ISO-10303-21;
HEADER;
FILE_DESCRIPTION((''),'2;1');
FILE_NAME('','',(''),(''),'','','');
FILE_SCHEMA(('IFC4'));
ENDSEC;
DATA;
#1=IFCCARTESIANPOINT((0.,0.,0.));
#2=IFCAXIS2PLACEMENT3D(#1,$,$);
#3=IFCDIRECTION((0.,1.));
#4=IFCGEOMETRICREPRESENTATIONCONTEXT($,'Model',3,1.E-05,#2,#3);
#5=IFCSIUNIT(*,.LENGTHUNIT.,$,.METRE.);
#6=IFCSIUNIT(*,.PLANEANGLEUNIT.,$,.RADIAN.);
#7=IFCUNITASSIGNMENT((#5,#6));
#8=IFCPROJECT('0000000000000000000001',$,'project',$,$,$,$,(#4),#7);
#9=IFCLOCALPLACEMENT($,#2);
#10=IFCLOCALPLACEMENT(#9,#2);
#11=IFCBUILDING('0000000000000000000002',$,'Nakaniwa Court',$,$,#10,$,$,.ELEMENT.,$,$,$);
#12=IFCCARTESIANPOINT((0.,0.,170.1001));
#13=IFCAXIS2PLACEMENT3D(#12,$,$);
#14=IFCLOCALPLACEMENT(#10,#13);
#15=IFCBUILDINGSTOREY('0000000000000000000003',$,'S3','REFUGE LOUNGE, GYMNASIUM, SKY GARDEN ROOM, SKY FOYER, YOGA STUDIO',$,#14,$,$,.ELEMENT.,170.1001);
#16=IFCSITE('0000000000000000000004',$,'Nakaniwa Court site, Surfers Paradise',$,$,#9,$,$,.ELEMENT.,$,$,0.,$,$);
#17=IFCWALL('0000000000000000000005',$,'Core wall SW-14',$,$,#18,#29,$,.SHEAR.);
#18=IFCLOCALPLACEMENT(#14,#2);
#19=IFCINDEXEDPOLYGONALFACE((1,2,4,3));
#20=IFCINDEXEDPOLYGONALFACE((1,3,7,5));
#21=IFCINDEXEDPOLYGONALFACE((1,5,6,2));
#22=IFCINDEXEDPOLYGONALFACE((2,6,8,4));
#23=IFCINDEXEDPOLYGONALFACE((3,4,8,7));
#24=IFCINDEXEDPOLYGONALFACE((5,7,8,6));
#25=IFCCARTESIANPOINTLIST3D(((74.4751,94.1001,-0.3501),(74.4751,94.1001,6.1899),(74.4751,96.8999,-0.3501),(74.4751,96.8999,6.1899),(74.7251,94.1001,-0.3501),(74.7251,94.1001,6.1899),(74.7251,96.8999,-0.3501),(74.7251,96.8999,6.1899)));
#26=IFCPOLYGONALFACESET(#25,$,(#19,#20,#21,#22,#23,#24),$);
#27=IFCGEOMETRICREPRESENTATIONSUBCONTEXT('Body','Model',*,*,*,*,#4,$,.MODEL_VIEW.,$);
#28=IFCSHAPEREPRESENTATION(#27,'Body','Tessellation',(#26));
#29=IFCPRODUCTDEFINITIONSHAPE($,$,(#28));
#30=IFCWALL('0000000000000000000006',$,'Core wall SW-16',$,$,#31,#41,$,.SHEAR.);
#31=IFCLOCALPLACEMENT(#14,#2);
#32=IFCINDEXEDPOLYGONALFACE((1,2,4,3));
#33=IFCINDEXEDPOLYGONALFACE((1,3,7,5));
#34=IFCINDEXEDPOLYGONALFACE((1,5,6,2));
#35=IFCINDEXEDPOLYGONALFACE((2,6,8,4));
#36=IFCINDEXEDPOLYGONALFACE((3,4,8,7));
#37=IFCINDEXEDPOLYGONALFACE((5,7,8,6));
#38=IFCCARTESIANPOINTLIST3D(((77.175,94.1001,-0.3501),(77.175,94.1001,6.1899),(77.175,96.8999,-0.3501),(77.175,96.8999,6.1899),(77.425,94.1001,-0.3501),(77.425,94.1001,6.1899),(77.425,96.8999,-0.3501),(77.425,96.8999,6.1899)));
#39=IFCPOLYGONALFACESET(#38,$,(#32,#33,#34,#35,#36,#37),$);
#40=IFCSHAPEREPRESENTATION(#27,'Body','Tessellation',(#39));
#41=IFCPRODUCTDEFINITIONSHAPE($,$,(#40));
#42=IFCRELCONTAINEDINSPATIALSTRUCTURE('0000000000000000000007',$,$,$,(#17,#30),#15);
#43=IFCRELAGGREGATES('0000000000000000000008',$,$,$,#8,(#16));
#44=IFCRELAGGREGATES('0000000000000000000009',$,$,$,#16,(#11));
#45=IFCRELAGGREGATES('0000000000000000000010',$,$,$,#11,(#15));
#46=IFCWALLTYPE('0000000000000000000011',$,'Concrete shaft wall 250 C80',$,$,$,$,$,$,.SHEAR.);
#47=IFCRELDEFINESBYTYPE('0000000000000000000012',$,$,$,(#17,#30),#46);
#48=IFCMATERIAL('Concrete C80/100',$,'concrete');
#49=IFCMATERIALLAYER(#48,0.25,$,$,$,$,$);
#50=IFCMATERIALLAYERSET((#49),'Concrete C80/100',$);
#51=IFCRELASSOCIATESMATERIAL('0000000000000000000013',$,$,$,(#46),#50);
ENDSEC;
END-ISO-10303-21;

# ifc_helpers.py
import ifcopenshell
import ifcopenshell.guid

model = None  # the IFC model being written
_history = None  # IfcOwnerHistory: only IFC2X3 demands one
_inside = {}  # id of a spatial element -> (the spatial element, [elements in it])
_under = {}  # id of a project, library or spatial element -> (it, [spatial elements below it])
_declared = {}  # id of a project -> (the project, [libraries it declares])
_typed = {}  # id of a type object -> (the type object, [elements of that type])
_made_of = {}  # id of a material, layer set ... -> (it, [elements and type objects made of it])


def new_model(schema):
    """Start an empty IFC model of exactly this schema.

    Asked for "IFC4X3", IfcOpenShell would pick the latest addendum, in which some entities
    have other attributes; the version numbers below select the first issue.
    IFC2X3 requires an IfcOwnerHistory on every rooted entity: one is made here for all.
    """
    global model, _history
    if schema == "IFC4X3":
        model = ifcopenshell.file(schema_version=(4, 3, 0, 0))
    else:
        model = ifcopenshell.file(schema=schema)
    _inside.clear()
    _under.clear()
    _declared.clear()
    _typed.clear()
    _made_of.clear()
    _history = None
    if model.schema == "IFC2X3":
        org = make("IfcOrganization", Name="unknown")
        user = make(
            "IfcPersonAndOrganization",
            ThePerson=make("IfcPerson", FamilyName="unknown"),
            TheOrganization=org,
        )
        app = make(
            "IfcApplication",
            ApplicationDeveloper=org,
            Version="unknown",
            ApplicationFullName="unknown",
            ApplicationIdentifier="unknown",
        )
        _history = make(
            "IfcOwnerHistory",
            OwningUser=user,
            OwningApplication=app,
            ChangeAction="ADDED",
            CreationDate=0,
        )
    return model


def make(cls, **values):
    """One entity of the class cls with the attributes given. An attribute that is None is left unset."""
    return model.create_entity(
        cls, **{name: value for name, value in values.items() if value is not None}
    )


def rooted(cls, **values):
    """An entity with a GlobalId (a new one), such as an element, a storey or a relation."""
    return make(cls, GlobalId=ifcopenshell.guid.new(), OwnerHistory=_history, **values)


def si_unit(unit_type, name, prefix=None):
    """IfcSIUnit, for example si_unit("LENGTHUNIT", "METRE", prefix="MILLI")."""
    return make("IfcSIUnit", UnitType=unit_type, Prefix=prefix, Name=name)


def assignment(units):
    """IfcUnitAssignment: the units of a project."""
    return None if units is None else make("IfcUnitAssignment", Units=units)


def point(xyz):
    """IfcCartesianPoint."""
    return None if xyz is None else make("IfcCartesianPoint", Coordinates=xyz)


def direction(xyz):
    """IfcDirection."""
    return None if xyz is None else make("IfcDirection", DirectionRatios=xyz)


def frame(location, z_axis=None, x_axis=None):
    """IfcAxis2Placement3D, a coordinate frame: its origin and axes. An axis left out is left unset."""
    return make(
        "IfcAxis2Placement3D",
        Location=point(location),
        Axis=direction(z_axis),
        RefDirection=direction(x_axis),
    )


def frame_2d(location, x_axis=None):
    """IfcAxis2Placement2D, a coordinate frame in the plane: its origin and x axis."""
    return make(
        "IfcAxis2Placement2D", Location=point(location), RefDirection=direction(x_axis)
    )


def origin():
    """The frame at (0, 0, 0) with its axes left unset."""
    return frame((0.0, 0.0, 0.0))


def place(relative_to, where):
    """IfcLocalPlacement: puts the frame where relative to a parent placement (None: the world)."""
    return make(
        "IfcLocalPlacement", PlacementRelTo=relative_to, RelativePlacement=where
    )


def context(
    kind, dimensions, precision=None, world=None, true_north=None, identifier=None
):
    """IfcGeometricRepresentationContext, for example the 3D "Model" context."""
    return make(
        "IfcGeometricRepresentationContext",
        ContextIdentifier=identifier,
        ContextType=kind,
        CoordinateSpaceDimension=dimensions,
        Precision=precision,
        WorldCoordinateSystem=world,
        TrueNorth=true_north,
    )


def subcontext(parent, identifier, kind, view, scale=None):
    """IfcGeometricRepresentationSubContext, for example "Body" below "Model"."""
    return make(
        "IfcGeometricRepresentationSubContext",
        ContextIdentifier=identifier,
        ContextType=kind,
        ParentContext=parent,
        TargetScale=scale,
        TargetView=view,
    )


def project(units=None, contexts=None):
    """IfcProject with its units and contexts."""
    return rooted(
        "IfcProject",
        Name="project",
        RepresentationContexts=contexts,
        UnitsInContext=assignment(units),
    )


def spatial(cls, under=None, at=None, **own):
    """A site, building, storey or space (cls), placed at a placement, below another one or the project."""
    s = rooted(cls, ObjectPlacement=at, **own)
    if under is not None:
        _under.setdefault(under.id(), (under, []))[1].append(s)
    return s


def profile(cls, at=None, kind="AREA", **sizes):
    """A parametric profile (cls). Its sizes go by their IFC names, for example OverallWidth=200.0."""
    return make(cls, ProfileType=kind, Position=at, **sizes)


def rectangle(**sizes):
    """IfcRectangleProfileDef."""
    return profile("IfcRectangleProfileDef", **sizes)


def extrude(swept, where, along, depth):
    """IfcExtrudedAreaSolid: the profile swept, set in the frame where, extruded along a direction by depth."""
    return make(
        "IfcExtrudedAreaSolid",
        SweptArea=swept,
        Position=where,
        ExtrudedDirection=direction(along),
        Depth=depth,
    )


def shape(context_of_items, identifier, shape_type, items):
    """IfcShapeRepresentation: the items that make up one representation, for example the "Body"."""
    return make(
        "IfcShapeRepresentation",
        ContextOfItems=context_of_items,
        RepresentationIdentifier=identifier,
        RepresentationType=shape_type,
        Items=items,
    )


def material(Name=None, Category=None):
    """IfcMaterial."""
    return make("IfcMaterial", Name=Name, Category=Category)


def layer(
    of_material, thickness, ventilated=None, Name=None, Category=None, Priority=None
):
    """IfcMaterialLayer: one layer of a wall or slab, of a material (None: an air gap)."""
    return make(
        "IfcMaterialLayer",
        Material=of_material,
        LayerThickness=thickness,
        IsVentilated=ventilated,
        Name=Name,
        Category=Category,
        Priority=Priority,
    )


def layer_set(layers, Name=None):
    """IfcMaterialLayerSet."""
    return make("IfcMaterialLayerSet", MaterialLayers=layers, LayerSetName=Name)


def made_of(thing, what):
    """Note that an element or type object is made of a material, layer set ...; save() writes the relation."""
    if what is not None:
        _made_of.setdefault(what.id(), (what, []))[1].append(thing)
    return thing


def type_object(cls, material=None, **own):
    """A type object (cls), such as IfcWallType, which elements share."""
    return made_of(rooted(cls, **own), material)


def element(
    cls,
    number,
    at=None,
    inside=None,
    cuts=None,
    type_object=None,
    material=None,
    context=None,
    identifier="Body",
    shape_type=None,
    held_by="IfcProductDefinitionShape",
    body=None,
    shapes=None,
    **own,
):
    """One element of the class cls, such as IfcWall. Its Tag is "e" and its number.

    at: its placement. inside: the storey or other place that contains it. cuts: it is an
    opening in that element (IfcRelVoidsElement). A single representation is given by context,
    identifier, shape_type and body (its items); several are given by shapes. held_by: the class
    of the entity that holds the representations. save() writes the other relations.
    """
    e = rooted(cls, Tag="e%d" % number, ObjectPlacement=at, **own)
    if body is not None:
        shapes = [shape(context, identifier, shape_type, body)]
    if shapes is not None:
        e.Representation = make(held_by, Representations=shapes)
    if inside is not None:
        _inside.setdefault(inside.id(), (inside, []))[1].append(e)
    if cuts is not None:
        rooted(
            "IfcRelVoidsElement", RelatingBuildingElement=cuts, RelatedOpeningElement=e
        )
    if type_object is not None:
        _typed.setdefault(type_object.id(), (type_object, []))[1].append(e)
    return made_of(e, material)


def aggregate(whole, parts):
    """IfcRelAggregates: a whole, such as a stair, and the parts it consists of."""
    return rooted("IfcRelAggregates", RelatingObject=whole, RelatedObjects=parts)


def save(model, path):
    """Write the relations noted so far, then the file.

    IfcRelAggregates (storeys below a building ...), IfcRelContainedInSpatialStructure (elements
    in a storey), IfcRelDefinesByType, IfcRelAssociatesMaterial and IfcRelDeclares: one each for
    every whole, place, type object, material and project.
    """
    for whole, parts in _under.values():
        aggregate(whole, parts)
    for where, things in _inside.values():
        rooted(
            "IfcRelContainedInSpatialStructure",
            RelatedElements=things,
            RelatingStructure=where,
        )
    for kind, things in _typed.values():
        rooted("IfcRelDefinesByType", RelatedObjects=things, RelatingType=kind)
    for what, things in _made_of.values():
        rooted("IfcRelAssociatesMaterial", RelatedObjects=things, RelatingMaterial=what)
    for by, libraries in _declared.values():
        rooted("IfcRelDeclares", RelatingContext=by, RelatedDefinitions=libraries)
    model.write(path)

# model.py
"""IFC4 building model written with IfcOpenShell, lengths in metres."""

from ifc_helpers import new_model, si_unit, direction, frame, frame_2d, origin, place, context, subcontext, project, spatial, rectangle, extrude, material, layer, layer_set, type_object, element, save


model = new_model("IFC4")

# Units and contexts
model_context = context("Model", 3, precision=1e-05, world=origin(), true_north=direction((0.0, 1.0)))
body_context = subcontext(model_context, "Body", "Model", "MODEL_VIEW")
ifc_project = project(units=[si_unit("LENGTHUNIT", "METRE"), si_unit("PLANEANGLEUNIT", "RADIAN")], contexts=[model_context])

# Site, building, storey
site_placement = place(None, origin())
site = spatial("IfcSite", under=ifc_project, at=site_placement, Name="Nakaniwa Court site, Surfers Paradise", CompositionType="ELEMENT", RefElevation=0.0)
building_placement = place(site_placement, origin())
building = spatial("IfcBuilding", under=site, at=building_placement, Name="Nakaniwa Court", CompositionType="ELEMENT")
storey_placement = place(building_placement, frame((0.0, 0.0, 170.1001)))
storey = spatial("IfcBuildingStorey", under=building, at=storey_placement, Name="S3", Description="REFUGE LOUNGE, GYMNASIUM, SKY GARDEN ROOM, SKY FOYER, YOGA STUDIO", CompositionType="ELEMENT", Elevation=170.1001)

# Shared definitions
ifc_material_1 = material(Name="Concrete C80/100", Category="concrete")

# Walls
ifc_layer_1 = layer(ifc_material_1, 0.25)
ifc_layer_set_1 = layer_set([ifc_layer_1], Name="Concrete C80/100")
wall_type_1 = type_object("IfcWallType", Name="Concrete shaft wall 250 C80", PredefinedType="SHEAR", material=ifc_layer_set_1)
for number, where, z_axis, x_axis, name in (
    (1, (74.6001, 94.1001, -0.3501), (0.0, 0.0, 1.0), (0.0, 1.0, 0.0), "Core wall SW-14"),
    (2, (77.3, 94.1001, -0.3501), (0.0, 0.0, 1.0), (0.0, 1.0, 0.0), "Core wall SW-16"),
):
    element("IfcWall", number, at=place(storey_placement, frame(where, z_axis=z_axis, x_axis=x_axis)), inside=storey, type_object=wall_type_1, Name=name, PredefinedType="SHEAR", context=body_context, shape_type="SweptSolid", body=[
        extrude(rectangle(XDim=2.7998, YDim=0.25, at=frame_2d((1.3999, 0.0))), origin(), (0.0, 0.0, 1.0), 6.54),
    ])

save(model, "model.ifc")
